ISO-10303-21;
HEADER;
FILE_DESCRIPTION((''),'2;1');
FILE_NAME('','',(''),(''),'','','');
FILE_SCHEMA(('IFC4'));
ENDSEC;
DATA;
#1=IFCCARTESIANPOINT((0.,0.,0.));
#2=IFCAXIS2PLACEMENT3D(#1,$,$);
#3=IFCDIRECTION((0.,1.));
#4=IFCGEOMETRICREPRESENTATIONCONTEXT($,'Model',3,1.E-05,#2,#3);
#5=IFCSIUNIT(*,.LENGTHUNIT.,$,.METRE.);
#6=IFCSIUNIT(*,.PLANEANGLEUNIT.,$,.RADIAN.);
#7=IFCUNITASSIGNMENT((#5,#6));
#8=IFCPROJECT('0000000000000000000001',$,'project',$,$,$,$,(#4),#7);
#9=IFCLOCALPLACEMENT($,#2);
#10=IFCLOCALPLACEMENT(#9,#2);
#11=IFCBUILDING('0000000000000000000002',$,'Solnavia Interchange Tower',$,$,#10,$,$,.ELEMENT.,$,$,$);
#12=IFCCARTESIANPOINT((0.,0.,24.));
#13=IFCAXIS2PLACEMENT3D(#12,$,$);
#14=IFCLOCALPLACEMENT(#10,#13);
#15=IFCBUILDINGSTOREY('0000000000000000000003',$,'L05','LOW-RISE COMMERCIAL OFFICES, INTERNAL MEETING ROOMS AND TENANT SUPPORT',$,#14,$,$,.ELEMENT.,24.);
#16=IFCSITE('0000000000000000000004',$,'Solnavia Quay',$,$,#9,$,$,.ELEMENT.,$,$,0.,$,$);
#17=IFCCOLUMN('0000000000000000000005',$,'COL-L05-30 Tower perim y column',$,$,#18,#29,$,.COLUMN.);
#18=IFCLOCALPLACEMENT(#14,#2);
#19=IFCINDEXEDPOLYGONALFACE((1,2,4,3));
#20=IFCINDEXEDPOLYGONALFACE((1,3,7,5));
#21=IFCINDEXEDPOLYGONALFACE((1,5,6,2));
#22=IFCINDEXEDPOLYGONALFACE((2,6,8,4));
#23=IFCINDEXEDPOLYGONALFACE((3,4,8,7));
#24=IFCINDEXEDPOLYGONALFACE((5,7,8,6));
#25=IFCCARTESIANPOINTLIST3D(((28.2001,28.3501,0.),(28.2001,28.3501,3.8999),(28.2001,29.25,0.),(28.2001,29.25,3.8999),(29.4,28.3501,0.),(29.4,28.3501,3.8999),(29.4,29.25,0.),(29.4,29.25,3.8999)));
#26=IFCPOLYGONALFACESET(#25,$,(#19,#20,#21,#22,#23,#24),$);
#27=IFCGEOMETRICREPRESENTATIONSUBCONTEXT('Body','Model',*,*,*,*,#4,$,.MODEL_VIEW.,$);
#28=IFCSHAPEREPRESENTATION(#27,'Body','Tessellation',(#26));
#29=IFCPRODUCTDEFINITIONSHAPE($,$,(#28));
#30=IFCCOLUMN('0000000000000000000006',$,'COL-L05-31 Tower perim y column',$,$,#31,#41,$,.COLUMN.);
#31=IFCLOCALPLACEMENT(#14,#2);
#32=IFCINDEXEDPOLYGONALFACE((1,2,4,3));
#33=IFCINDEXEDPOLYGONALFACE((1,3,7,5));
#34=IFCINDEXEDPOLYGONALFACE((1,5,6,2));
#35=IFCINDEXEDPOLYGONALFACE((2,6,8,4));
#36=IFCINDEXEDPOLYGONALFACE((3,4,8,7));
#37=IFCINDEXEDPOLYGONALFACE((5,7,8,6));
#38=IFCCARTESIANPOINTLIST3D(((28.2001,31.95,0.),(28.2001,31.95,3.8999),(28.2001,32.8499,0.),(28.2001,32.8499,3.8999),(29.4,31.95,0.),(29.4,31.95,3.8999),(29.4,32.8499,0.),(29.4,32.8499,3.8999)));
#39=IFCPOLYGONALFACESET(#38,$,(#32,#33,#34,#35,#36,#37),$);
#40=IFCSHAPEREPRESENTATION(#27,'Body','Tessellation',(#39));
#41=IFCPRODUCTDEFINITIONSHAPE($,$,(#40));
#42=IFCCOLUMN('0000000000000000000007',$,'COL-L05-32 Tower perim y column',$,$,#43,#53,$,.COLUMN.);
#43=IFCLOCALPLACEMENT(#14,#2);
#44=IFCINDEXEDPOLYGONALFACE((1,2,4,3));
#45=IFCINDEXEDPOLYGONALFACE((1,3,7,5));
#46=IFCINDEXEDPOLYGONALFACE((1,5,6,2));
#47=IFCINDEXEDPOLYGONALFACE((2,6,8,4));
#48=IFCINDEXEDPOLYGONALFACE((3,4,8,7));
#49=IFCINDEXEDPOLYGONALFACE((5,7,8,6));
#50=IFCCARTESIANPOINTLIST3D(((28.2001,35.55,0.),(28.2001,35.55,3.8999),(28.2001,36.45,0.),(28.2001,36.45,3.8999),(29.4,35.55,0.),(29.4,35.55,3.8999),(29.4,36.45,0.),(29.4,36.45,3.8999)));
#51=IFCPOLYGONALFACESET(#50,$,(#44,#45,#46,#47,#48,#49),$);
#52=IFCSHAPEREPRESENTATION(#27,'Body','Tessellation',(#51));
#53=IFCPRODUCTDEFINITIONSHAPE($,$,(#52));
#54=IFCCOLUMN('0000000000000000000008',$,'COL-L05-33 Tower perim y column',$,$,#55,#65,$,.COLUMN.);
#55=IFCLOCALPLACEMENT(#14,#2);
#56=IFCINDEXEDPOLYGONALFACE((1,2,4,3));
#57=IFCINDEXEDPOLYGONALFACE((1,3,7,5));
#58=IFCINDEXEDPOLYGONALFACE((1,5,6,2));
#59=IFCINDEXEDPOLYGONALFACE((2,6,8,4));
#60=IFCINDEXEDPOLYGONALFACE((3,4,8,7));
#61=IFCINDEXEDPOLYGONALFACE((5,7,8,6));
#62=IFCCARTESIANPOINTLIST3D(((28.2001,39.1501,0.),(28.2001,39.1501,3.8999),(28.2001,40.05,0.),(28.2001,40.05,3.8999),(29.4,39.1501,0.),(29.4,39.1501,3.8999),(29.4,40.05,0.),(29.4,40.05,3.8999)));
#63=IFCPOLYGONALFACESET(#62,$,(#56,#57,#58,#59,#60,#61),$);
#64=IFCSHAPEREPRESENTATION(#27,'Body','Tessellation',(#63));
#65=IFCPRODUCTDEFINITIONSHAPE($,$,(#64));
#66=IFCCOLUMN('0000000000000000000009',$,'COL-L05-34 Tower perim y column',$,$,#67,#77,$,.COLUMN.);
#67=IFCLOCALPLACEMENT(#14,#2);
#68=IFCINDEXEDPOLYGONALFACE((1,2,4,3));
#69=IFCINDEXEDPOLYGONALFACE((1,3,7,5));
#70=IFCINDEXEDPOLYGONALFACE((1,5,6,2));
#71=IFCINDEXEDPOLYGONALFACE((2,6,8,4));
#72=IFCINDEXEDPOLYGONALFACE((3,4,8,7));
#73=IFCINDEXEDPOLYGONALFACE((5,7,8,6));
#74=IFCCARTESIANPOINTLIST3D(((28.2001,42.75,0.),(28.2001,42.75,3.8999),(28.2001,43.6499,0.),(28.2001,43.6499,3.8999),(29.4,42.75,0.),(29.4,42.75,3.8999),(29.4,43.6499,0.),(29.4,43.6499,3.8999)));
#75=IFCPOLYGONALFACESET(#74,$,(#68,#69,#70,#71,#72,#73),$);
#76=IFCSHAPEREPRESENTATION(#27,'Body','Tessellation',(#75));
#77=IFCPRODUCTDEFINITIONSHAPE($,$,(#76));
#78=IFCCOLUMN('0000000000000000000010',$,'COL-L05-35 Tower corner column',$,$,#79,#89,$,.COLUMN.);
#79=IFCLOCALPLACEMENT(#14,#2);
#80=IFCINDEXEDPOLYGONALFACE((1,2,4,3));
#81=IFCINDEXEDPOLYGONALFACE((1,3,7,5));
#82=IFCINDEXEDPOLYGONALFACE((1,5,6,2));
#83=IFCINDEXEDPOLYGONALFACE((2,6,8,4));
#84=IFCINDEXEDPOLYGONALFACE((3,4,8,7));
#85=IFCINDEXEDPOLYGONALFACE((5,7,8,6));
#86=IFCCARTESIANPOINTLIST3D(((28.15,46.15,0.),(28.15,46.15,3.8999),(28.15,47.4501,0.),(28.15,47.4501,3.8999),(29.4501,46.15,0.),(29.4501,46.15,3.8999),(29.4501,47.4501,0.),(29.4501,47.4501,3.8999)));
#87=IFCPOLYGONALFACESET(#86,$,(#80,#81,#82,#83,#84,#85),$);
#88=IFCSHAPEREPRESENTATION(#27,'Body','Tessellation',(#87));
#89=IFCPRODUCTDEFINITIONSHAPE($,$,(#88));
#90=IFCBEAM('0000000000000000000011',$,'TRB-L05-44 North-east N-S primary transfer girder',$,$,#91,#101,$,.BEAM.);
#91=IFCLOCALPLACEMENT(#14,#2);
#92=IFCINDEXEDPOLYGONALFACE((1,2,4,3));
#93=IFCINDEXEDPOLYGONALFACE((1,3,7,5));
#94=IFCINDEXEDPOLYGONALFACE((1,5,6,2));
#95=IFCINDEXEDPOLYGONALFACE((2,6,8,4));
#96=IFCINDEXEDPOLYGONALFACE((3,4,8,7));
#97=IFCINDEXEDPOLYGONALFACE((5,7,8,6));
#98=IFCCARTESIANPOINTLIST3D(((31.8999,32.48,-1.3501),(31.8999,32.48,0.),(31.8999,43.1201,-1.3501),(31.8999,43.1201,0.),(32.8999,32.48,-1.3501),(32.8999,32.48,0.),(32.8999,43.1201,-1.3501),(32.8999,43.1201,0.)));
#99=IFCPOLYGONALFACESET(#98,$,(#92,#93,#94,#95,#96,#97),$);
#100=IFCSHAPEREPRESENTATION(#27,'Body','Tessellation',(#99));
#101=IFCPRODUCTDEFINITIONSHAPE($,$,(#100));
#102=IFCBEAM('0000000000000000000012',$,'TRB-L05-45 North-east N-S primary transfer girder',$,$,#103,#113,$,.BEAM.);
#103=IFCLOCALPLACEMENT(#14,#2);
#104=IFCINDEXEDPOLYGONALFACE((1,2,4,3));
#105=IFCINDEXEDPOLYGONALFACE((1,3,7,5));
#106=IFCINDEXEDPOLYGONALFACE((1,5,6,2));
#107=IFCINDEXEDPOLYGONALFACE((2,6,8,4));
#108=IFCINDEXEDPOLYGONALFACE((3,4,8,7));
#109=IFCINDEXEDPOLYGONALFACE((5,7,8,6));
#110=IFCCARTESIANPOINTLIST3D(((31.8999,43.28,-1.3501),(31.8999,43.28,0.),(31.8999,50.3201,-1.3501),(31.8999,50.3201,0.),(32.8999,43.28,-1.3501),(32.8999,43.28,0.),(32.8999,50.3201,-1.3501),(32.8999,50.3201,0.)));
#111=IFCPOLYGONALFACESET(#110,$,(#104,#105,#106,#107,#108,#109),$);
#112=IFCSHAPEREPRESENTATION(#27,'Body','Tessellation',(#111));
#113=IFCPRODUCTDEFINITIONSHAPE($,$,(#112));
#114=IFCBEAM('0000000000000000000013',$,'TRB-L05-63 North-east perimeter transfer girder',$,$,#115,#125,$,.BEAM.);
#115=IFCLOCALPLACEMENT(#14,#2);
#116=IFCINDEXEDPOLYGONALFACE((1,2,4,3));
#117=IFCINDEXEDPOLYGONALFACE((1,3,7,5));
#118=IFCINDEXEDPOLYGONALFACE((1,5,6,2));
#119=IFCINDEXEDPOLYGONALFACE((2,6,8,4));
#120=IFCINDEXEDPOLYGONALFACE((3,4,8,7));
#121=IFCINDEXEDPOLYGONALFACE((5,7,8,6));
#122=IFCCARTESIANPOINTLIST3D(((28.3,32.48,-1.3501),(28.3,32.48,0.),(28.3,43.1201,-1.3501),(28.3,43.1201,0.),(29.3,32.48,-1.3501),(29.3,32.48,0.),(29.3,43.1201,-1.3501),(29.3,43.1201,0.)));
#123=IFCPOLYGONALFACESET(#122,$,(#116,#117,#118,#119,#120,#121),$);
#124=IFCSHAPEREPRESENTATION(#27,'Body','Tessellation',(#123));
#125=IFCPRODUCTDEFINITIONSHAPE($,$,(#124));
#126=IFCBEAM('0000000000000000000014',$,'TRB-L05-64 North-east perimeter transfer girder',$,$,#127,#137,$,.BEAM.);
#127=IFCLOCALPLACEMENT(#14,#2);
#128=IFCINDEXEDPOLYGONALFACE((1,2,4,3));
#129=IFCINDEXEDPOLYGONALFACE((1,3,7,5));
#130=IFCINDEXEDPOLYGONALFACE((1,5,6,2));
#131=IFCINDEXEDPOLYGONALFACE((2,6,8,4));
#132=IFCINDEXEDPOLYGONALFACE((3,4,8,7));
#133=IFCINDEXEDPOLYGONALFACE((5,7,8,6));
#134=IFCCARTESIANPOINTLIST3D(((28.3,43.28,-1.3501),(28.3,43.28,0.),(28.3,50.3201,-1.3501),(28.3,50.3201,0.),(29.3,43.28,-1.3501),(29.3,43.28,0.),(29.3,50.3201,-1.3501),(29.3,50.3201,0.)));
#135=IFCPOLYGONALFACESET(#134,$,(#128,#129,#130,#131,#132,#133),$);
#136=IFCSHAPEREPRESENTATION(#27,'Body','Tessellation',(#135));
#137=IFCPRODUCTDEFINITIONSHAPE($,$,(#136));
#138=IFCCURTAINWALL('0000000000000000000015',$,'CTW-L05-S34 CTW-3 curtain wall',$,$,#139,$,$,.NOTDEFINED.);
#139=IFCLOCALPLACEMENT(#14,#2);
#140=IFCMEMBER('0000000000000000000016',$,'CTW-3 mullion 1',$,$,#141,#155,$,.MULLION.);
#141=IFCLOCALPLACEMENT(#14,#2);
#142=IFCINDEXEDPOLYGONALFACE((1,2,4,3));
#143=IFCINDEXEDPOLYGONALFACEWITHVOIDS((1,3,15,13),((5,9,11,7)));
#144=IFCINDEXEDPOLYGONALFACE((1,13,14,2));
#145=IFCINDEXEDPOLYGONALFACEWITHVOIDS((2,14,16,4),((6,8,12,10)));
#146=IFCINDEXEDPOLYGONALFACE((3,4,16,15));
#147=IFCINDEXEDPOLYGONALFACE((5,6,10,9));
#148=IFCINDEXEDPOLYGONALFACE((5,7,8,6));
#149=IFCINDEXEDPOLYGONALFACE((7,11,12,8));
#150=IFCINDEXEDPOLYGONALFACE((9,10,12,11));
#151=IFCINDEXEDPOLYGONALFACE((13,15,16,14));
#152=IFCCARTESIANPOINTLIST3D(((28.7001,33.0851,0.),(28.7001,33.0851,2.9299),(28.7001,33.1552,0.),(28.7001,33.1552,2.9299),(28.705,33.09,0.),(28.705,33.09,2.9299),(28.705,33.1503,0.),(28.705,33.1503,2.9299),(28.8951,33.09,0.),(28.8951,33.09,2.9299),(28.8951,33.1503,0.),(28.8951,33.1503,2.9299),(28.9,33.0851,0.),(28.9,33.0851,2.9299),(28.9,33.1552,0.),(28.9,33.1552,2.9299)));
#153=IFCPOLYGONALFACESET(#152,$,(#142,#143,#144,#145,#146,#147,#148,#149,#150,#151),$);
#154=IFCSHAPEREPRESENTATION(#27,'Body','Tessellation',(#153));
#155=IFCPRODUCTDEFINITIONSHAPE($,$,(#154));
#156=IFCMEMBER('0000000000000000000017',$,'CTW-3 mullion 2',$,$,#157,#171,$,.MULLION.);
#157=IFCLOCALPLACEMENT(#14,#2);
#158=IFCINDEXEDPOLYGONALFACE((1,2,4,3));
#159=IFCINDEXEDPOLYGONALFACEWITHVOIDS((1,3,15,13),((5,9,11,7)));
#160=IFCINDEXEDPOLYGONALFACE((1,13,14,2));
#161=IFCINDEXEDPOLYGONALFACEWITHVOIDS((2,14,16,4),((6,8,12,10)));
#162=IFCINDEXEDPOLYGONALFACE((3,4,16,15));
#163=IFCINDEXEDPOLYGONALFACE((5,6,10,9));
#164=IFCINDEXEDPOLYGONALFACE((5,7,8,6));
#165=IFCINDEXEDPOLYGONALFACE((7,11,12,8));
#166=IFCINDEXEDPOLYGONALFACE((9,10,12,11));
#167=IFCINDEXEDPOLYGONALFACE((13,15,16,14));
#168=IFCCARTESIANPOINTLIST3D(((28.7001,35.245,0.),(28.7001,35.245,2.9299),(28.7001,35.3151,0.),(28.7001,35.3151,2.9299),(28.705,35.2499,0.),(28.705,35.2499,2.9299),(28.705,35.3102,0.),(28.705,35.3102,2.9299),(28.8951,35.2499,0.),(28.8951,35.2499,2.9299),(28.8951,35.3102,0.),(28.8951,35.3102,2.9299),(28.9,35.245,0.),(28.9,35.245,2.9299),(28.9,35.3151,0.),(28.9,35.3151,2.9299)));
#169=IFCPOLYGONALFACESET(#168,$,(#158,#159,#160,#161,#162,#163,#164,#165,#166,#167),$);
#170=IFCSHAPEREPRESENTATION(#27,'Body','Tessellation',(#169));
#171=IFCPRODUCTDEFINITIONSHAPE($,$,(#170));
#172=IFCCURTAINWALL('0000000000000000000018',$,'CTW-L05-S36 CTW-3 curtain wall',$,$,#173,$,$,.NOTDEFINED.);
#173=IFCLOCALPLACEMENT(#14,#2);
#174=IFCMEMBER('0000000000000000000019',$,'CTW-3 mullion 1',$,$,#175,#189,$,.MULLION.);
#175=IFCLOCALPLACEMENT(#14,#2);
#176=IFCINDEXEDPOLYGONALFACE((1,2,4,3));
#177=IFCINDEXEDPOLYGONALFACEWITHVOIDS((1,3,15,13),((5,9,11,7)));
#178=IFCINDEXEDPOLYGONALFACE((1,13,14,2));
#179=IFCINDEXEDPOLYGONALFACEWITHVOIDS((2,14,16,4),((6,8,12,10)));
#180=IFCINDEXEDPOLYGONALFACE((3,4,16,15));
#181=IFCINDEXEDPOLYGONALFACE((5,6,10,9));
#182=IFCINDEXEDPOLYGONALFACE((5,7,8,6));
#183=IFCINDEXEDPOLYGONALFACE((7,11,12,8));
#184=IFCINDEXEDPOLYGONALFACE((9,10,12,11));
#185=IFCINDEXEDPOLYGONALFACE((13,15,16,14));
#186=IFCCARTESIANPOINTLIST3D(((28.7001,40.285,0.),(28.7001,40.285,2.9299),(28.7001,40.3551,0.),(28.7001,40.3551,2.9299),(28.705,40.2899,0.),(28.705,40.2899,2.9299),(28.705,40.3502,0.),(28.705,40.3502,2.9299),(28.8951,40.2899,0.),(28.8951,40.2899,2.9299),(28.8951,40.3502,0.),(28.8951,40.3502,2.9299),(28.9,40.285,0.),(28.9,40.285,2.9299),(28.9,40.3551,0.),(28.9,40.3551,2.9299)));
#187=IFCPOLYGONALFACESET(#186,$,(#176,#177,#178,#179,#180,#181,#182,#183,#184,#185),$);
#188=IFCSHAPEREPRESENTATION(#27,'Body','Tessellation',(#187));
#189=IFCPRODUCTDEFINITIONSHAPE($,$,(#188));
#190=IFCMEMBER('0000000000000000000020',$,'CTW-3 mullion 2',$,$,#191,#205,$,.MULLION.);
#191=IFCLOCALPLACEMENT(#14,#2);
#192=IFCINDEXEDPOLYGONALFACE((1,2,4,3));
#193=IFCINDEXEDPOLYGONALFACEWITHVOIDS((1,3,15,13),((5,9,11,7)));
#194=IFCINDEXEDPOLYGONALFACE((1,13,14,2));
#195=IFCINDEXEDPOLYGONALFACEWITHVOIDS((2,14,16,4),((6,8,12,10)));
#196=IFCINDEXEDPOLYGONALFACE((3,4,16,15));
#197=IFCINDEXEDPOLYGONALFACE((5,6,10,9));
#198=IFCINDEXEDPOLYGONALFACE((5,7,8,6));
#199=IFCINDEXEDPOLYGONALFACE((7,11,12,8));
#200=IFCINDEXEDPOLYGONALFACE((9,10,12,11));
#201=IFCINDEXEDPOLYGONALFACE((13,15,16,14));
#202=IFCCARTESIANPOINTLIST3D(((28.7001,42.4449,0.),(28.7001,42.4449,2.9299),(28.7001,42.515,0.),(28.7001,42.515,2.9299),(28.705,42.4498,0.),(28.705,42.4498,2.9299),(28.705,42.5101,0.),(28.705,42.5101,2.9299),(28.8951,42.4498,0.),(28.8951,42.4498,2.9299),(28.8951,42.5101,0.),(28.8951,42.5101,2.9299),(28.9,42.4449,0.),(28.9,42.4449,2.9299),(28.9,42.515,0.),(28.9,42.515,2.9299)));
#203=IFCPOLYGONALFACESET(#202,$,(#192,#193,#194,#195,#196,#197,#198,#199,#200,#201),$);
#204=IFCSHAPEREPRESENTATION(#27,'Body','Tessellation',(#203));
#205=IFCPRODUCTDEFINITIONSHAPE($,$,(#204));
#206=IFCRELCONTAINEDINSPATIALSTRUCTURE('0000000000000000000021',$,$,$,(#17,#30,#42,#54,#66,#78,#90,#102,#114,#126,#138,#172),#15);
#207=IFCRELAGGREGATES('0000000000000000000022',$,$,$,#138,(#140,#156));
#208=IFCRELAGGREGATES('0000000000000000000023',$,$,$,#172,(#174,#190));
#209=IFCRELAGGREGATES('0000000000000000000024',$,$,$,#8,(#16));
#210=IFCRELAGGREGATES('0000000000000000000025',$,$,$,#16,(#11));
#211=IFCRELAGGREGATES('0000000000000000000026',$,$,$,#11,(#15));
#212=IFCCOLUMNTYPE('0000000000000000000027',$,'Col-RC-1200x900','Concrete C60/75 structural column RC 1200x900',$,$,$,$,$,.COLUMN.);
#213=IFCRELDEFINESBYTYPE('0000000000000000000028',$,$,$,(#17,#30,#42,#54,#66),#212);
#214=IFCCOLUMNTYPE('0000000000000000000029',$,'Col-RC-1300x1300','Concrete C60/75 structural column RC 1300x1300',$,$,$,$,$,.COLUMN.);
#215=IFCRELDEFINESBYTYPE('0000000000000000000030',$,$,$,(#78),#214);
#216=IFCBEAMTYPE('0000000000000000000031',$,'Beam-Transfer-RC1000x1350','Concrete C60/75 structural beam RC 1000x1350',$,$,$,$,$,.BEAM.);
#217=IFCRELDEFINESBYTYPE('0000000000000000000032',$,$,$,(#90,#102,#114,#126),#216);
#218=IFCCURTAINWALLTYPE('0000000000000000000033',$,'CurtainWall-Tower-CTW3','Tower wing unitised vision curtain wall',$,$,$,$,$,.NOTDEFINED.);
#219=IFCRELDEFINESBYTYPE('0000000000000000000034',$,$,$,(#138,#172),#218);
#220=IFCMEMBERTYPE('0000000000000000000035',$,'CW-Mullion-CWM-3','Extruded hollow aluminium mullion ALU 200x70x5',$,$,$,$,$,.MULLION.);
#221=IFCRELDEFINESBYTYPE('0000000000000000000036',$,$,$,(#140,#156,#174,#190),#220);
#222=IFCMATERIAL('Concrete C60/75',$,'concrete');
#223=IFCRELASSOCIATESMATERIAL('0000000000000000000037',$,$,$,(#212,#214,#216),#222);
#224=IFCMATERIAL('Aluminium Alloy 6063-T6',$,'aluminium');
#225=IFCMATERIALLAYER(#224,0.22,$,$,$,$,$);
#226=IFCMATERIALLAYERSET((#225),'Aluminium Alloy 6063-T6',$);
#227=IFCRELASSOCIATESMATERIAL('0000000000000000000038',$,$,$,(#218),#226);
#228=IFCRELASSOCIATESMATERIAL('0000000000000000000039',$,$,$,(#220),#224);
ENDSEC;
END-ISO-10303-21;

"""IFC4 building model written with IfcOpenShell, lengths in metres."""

from ifc_helpers import new_model, si_unit, direction, frame, origin, origin_2d, place, context, subcontext, project, spatial, rectangle, hollow_rectangle, extrude, material, layer, layer_set, material_profile, profile_set, type_object, element, aggregate, save


model = new_model("IFC4")

# Units and contexts
model_context = context("Model", 3, precision=1e-05, world=origin(), true_north=direction((0.0, 1.0)))
body_context = subcontext(model_context, "Body", "Model", "MODEL_VIEW")
ifc_project = project(units=[si_unit("LENGTHUNIT", "METRE"), si_unit("PLANEANGLEUNIT", "RADIAN")], contexts=[model_context])

# Site, building, storey
site_placement = place(None, origin())
site = spatial("IfcSite", under=ifc_project, at=site_placement, Name="Solnavia Quay", CompositionType="ELEMENT", RefElevation=0.0)
building_placement = place(site_placement, origin())
building = spatial("IfcBuilding", under=site, at=building_placement, Name="Solnavia Interchange Tower", CompositionType="ELEMENT")
storey_placement = place(building_placement, frame((0.0, 0.0, 24.0)))
storey = spatial("IfcBuildingStorey", under=building, at=storey_placement, Name="L05", Description="LOW-RISE COMMERCIAL OFFICES, INTERNAL MEETING ROOMS AND TENANT SUPPORT", CompositionType="ELEMENT", Elevation=24.0)

# Columns
ifc_material_1 = material(Name="Concrete C60/75", Category="concrete")
ifc_material_profile_1 = material_profile(ifc_material_1, rectangle(XDim=0.8999, YDim=1.2, at=origin_2d()), Name="RC 1200x900")
ifc_profile_set_1 = profile_set([ifc_material_profile_1], Name="Concrete C60/75")
column_type_1 = type_object("IfcColumnType", Name="Col-RC-1200x900", Description="Concrete C60/75 structural column RC 1200x900", PredefinedType="COLUMN", material=ifc_profile_set_1)
for number, where, z_axis, x_axis, name in (
    (1, (28.8, 28.8, 0.0), (0.0, 0.0, 1.0), (0.0, 1.0, 0.0), "COL-L05-30 Tower perim y column"),
    (2, (28.8, 32.3999, 0.0), (0.0, 0.0, 1.0), (0.0, 1.0, 0.0), "COL-L05-31 Tower perim y column"),
    (3, (28.8, 36.0, 0.0), (0.0, 0.0, 1.0), (0.0, 1.0, 0.0), "COL-L05-32 Tower perim y column"),
    (4, (28.8, 39.6001, 0.0), (0.0, 0.0, 1.0), (0.0, 1.0, 0.0), "COL-L05-33 Tower perim y column"),
    (5, (28.8, 43.2, 0.0), (0.0, 0.0, 1.0), (0.0, 1.0, 0.0), "COL-L05-34 Tower perim y column"),
):
    element("IfcColumn", number, at=place(storey_placement, frame(where, z_axis=z_axis, x_axis=x_axis)), inside=storey, type_object=column_type_1, Name=name, PredefinedType="COLUMN", context=body_context, shape_type="SweptSolid", body=[
        extrude(rectangle(XDim=0.8999, YDim=1.2, at=origin_2d()), origin(), (0.0, 0.0, 1.0), 3.8999),
    ])
ifc_material_profile_2 = material_profile(ifc_material_1, rectangle(XDim=1.3, YDim=1.3, at=origin_2d()), Name="RC 1300x1300")
ifc_profile_set_2 = profile_set([ifc_material_profile_2], Name="Concrete C60/75")
column_type_2 = type_object("IfcColumnType", Name="Col-RC-1300x1300", Description="Concrete C60/75 structural column RC 1300x1300", PredefinedType="COLUMN", material=ifc_profile_set_2)
column_placement = place(storey_placement, frame((28.8, 46.8, 0.0), z_axis=(0.0, 0.0, 1.0), x_axis=(0.0, 1.0, 0.0)))
element("IfcColumn", 6, at=column_placement, inside=storey, type_object=column_type_2, Name="COL-L05-35 Tower corner column", PredefinedType="COLUMN", context=body_context, shape_type="SweptSolid", body=[
    extrude(rectangle(XDim=1.3, YDim=1.3, at=origin_2d()), origin(), (0.0, 0.0, 1.0), 3.8999),
])

# Beams
ifc_material_profile_3 = material_profile(ifc_material_1, rectangle(XDim=1.0, YDim=1.3501, at=origin_2d()), Name="RC 1000x1350")
ifc_profile_set_3 = profile_set([ifc_material_profile_3], Name="Concrete C60/75")
beam_type = type_object("IfcBeamType", Name="Beam-Transfer-RC1000x1350", Description="Concrete C60/75 structural beam RC 1000x1350", PredefinedType="BEAM", material=ifc_profile_set_3)
beam_1_placement = place(storey_placement, frame((32.3999, 32.48, -0.675), z_axis=(0.0, 1.0, 0.0), x_axis=(-1.0, 0.0, 0.0)))
element("IfcBeam", 7, at=beam_1_placement, inside=storey, type_object=beam_type, Name="TRB-L05-44 North-east N-S primary transfer girder", PredefinedType="BEAM", context=body_context, shape_type="SweptSolid", body=[
    extrude(rectangle(XDim=1.0, YDim=1.3501, at=origin_2d()), origin(), (0.0, 0.0, 1.0), 10.6401),
])
beam_2_placement = place(storey_placement, frame((32.3999, 43.28, -0.675), z_axis=(0.0, 1.0, 0.0), x_axis=(-1.0, 0.0, 0.0)))
element("IfcBeam", 8, at=beam_2_placement, inside=storey, type_object=beam_type, Name="TRB-L05-45 North-east N-S primary transfer girder", PredefinedType="BEAM", context=body_context, shape_type="SweptSolid", body=[
    extrude(rectangle(XDim=1.0, YDim=1.3501, at=origin_2d()), origin(), (0.0, 0.0, 1.0), 7.04),
])
beam_3_placement = place(storey_placement, frame((28.8, 32.48, -0.675), z_axis=(0.0, 1.0, 0.0), x_axis=(-1.0, 0.0, 0.0)))
element("IfcBeam", 9, at=beam_3_placement, inside=storey, type_object=beam_type, Name="TRB-L05-63 North-east perimeter transfer girder", PredefinedType="BEAM", context=body_context, shape_type="SweptSolid", body=[
    extrude(rectangle(XDim=1.0, YDim=1.3501, at=origin_2d()), origin(), (0.0, 0.0, 1.0), 10.6401),
])
beam_4_placement = place(storey_placement, frame((28.8, 43.28, -0.675), z_axis=(0.0, 1.0, 0.0), x_axis=(-1.0, 0.0, 0.0)))
element("IfcBeam", 10, at=beam_4_placement, inside=storey, type_object=beam_type, Name="TRB-L05-64 North-east perimeter transfer girder", PredefinedType="BEAM", context=body_context, shape_type="SweptSolid", body=[
    extrude(rectangle(XDim=1.0, YDim=1.3501, at=origin_2d()), origin(), (0.0, 0.0, 1.0), 7.04),
])

# Curtain walls, members
ifc_material_2 = material(Name="Aluminium Alloy 6063-T6", Category="aluminium")
ifc_layer_1 = layer(ifc_material_2, 0.22)
ifc_layer_set_1 = layer_set([ifc_layer_1], Name="Aluminium Alloy 6063-T6")
curtain_wall_type = type_object("IfcCurtainWallType", Name="CurtainWall-Tower-CTW3", Description="Tower wing unitised vision curtain wall", PredefinedType="NOTDEFINED", material=ifc_layer_set_1)
curtain_wall_1_placement = place(storey_placement, origin())
curtain_wall_1 = element("IfcCurtainWall", 11, at=curtain_wall_1_placement, inside=storey, type_object=curtain_wall_type, Name="CTW-L05-S34 CTW-3 curtain wall", PredefinedType="NOTDEFINED")
ifc_material_profile_4 = material_profile(ifc_material_2, hollow_rectangle(XDim=0.0701, YDim=0.2, WallThickness=0.0049, at=origin_2d()), Name="ALU 200x70x5")
ifc_profile_set_4 = profile_set([ifc_material_profile_4], Name="Aluminium Alloy 6063-T6")
member_type_1 = type_object("IfcMemberType", Name="CW-Mullion-CWM-3", Description="Extruded hollow aluminium mullion ALU 200x70x5", PredefinedType="MULLION", material=ifc_profile_set_4)
member_1_placement = place(storey_placement, frame((28.8, 33.1201, 0.0), z_axis=(0.0, 0.0, 1.0), x_axis=(0.0, 1.0, 0.0)))
member_1 = element("IfcMember", 12, at=member_1_placement, type_object=member_type_1, Name="CTW-3 mullion 1", PredefinedType="MULLION", context=body_context, shape_type="SweptSolid", body=[
    extrude(hollow_rectangle(XDim=0.0701, YDim=0.2, WallThickness=0.0049, at=origin_2d()), origin(), (0.0, 0.0, 1.0), 2.9299),
])
member_2_placement = place(storey_placement, frame((28.8, 35.28, 0.0), z_axis=(0.0, 0.0, 1.0), x_axis=(0.0, 1.0, 0.0)))
member_2 = element("IfcMember", 13, at=member_2_placement, type_object=member_type_1, Name="CTW-3 mullion 2", PredefinedType="MULLION", context=body_context, shape_type="SweptSolid", body=[
    extrude(hollow_rectangle(XDim=0.0701, YDim=0.2, WallThickness=0.0049, at=origin_2d()), origin(), (0.0, 0.0, 1.0), 2.9299),
])
curtain_wall_2_placement = place(storey_placement, origin())
curtain_wall_2 = element("IfcCurtainWall", 14, at=curtain_wall_2_placement, inside=storey, type_object=curtain_wall_type, Name="CTW-L05-S36 CTW-3 curtain wall", PredefinedType="NOTDEFINED")
member_3_placement = place(storey_placement, frame((28.8, 40.3201, 0.0), z_axis=(0.0, 0.0, 1.0), x_axis=(0.0, 1.0, 0.0)))
member_3 = element("IfcMember", 15, at=member_3_placement, type_object=member_type_1, Name="CTW-3 mullion 1", PredefinedType="MULLION", context=body_context, shape_type="SweptSolid", body=[
    extrude(hollow_rectangle(XDim=0.0701, YDim=0.2, WallThickness=0.0049, at=origin_2d()), origin(), (0.0, 0.0, 1.0), 2.9299),
])
member_4_placement = place(storey_placement, frame((28.8, 42.48, 0.0), z_axis=(0.0, 0.0, 1.0), x_axis=(0.0, 1.0, 0.0)))
member_4 = element("IfcMember", 16, at=member_4_placement, type_object=member_type_1, Name="CTW-3 mullion 2", PredefinedType="MULLION", context=body_context, shape_type="SweptSolid", body=[
    extrude(hollow_rectangle(XDim=0.0701, YDim=0.2, WallThickness=0.0049, at=origin_2d()), origin(), (0.0, 0.0, 1.0), 2.9299),
])

aggregate(curtain_wall_1, [member_1, member_2])
aggregate(curtain_wall_2, [member_3, member_4])

save(model, "model.ifc")
